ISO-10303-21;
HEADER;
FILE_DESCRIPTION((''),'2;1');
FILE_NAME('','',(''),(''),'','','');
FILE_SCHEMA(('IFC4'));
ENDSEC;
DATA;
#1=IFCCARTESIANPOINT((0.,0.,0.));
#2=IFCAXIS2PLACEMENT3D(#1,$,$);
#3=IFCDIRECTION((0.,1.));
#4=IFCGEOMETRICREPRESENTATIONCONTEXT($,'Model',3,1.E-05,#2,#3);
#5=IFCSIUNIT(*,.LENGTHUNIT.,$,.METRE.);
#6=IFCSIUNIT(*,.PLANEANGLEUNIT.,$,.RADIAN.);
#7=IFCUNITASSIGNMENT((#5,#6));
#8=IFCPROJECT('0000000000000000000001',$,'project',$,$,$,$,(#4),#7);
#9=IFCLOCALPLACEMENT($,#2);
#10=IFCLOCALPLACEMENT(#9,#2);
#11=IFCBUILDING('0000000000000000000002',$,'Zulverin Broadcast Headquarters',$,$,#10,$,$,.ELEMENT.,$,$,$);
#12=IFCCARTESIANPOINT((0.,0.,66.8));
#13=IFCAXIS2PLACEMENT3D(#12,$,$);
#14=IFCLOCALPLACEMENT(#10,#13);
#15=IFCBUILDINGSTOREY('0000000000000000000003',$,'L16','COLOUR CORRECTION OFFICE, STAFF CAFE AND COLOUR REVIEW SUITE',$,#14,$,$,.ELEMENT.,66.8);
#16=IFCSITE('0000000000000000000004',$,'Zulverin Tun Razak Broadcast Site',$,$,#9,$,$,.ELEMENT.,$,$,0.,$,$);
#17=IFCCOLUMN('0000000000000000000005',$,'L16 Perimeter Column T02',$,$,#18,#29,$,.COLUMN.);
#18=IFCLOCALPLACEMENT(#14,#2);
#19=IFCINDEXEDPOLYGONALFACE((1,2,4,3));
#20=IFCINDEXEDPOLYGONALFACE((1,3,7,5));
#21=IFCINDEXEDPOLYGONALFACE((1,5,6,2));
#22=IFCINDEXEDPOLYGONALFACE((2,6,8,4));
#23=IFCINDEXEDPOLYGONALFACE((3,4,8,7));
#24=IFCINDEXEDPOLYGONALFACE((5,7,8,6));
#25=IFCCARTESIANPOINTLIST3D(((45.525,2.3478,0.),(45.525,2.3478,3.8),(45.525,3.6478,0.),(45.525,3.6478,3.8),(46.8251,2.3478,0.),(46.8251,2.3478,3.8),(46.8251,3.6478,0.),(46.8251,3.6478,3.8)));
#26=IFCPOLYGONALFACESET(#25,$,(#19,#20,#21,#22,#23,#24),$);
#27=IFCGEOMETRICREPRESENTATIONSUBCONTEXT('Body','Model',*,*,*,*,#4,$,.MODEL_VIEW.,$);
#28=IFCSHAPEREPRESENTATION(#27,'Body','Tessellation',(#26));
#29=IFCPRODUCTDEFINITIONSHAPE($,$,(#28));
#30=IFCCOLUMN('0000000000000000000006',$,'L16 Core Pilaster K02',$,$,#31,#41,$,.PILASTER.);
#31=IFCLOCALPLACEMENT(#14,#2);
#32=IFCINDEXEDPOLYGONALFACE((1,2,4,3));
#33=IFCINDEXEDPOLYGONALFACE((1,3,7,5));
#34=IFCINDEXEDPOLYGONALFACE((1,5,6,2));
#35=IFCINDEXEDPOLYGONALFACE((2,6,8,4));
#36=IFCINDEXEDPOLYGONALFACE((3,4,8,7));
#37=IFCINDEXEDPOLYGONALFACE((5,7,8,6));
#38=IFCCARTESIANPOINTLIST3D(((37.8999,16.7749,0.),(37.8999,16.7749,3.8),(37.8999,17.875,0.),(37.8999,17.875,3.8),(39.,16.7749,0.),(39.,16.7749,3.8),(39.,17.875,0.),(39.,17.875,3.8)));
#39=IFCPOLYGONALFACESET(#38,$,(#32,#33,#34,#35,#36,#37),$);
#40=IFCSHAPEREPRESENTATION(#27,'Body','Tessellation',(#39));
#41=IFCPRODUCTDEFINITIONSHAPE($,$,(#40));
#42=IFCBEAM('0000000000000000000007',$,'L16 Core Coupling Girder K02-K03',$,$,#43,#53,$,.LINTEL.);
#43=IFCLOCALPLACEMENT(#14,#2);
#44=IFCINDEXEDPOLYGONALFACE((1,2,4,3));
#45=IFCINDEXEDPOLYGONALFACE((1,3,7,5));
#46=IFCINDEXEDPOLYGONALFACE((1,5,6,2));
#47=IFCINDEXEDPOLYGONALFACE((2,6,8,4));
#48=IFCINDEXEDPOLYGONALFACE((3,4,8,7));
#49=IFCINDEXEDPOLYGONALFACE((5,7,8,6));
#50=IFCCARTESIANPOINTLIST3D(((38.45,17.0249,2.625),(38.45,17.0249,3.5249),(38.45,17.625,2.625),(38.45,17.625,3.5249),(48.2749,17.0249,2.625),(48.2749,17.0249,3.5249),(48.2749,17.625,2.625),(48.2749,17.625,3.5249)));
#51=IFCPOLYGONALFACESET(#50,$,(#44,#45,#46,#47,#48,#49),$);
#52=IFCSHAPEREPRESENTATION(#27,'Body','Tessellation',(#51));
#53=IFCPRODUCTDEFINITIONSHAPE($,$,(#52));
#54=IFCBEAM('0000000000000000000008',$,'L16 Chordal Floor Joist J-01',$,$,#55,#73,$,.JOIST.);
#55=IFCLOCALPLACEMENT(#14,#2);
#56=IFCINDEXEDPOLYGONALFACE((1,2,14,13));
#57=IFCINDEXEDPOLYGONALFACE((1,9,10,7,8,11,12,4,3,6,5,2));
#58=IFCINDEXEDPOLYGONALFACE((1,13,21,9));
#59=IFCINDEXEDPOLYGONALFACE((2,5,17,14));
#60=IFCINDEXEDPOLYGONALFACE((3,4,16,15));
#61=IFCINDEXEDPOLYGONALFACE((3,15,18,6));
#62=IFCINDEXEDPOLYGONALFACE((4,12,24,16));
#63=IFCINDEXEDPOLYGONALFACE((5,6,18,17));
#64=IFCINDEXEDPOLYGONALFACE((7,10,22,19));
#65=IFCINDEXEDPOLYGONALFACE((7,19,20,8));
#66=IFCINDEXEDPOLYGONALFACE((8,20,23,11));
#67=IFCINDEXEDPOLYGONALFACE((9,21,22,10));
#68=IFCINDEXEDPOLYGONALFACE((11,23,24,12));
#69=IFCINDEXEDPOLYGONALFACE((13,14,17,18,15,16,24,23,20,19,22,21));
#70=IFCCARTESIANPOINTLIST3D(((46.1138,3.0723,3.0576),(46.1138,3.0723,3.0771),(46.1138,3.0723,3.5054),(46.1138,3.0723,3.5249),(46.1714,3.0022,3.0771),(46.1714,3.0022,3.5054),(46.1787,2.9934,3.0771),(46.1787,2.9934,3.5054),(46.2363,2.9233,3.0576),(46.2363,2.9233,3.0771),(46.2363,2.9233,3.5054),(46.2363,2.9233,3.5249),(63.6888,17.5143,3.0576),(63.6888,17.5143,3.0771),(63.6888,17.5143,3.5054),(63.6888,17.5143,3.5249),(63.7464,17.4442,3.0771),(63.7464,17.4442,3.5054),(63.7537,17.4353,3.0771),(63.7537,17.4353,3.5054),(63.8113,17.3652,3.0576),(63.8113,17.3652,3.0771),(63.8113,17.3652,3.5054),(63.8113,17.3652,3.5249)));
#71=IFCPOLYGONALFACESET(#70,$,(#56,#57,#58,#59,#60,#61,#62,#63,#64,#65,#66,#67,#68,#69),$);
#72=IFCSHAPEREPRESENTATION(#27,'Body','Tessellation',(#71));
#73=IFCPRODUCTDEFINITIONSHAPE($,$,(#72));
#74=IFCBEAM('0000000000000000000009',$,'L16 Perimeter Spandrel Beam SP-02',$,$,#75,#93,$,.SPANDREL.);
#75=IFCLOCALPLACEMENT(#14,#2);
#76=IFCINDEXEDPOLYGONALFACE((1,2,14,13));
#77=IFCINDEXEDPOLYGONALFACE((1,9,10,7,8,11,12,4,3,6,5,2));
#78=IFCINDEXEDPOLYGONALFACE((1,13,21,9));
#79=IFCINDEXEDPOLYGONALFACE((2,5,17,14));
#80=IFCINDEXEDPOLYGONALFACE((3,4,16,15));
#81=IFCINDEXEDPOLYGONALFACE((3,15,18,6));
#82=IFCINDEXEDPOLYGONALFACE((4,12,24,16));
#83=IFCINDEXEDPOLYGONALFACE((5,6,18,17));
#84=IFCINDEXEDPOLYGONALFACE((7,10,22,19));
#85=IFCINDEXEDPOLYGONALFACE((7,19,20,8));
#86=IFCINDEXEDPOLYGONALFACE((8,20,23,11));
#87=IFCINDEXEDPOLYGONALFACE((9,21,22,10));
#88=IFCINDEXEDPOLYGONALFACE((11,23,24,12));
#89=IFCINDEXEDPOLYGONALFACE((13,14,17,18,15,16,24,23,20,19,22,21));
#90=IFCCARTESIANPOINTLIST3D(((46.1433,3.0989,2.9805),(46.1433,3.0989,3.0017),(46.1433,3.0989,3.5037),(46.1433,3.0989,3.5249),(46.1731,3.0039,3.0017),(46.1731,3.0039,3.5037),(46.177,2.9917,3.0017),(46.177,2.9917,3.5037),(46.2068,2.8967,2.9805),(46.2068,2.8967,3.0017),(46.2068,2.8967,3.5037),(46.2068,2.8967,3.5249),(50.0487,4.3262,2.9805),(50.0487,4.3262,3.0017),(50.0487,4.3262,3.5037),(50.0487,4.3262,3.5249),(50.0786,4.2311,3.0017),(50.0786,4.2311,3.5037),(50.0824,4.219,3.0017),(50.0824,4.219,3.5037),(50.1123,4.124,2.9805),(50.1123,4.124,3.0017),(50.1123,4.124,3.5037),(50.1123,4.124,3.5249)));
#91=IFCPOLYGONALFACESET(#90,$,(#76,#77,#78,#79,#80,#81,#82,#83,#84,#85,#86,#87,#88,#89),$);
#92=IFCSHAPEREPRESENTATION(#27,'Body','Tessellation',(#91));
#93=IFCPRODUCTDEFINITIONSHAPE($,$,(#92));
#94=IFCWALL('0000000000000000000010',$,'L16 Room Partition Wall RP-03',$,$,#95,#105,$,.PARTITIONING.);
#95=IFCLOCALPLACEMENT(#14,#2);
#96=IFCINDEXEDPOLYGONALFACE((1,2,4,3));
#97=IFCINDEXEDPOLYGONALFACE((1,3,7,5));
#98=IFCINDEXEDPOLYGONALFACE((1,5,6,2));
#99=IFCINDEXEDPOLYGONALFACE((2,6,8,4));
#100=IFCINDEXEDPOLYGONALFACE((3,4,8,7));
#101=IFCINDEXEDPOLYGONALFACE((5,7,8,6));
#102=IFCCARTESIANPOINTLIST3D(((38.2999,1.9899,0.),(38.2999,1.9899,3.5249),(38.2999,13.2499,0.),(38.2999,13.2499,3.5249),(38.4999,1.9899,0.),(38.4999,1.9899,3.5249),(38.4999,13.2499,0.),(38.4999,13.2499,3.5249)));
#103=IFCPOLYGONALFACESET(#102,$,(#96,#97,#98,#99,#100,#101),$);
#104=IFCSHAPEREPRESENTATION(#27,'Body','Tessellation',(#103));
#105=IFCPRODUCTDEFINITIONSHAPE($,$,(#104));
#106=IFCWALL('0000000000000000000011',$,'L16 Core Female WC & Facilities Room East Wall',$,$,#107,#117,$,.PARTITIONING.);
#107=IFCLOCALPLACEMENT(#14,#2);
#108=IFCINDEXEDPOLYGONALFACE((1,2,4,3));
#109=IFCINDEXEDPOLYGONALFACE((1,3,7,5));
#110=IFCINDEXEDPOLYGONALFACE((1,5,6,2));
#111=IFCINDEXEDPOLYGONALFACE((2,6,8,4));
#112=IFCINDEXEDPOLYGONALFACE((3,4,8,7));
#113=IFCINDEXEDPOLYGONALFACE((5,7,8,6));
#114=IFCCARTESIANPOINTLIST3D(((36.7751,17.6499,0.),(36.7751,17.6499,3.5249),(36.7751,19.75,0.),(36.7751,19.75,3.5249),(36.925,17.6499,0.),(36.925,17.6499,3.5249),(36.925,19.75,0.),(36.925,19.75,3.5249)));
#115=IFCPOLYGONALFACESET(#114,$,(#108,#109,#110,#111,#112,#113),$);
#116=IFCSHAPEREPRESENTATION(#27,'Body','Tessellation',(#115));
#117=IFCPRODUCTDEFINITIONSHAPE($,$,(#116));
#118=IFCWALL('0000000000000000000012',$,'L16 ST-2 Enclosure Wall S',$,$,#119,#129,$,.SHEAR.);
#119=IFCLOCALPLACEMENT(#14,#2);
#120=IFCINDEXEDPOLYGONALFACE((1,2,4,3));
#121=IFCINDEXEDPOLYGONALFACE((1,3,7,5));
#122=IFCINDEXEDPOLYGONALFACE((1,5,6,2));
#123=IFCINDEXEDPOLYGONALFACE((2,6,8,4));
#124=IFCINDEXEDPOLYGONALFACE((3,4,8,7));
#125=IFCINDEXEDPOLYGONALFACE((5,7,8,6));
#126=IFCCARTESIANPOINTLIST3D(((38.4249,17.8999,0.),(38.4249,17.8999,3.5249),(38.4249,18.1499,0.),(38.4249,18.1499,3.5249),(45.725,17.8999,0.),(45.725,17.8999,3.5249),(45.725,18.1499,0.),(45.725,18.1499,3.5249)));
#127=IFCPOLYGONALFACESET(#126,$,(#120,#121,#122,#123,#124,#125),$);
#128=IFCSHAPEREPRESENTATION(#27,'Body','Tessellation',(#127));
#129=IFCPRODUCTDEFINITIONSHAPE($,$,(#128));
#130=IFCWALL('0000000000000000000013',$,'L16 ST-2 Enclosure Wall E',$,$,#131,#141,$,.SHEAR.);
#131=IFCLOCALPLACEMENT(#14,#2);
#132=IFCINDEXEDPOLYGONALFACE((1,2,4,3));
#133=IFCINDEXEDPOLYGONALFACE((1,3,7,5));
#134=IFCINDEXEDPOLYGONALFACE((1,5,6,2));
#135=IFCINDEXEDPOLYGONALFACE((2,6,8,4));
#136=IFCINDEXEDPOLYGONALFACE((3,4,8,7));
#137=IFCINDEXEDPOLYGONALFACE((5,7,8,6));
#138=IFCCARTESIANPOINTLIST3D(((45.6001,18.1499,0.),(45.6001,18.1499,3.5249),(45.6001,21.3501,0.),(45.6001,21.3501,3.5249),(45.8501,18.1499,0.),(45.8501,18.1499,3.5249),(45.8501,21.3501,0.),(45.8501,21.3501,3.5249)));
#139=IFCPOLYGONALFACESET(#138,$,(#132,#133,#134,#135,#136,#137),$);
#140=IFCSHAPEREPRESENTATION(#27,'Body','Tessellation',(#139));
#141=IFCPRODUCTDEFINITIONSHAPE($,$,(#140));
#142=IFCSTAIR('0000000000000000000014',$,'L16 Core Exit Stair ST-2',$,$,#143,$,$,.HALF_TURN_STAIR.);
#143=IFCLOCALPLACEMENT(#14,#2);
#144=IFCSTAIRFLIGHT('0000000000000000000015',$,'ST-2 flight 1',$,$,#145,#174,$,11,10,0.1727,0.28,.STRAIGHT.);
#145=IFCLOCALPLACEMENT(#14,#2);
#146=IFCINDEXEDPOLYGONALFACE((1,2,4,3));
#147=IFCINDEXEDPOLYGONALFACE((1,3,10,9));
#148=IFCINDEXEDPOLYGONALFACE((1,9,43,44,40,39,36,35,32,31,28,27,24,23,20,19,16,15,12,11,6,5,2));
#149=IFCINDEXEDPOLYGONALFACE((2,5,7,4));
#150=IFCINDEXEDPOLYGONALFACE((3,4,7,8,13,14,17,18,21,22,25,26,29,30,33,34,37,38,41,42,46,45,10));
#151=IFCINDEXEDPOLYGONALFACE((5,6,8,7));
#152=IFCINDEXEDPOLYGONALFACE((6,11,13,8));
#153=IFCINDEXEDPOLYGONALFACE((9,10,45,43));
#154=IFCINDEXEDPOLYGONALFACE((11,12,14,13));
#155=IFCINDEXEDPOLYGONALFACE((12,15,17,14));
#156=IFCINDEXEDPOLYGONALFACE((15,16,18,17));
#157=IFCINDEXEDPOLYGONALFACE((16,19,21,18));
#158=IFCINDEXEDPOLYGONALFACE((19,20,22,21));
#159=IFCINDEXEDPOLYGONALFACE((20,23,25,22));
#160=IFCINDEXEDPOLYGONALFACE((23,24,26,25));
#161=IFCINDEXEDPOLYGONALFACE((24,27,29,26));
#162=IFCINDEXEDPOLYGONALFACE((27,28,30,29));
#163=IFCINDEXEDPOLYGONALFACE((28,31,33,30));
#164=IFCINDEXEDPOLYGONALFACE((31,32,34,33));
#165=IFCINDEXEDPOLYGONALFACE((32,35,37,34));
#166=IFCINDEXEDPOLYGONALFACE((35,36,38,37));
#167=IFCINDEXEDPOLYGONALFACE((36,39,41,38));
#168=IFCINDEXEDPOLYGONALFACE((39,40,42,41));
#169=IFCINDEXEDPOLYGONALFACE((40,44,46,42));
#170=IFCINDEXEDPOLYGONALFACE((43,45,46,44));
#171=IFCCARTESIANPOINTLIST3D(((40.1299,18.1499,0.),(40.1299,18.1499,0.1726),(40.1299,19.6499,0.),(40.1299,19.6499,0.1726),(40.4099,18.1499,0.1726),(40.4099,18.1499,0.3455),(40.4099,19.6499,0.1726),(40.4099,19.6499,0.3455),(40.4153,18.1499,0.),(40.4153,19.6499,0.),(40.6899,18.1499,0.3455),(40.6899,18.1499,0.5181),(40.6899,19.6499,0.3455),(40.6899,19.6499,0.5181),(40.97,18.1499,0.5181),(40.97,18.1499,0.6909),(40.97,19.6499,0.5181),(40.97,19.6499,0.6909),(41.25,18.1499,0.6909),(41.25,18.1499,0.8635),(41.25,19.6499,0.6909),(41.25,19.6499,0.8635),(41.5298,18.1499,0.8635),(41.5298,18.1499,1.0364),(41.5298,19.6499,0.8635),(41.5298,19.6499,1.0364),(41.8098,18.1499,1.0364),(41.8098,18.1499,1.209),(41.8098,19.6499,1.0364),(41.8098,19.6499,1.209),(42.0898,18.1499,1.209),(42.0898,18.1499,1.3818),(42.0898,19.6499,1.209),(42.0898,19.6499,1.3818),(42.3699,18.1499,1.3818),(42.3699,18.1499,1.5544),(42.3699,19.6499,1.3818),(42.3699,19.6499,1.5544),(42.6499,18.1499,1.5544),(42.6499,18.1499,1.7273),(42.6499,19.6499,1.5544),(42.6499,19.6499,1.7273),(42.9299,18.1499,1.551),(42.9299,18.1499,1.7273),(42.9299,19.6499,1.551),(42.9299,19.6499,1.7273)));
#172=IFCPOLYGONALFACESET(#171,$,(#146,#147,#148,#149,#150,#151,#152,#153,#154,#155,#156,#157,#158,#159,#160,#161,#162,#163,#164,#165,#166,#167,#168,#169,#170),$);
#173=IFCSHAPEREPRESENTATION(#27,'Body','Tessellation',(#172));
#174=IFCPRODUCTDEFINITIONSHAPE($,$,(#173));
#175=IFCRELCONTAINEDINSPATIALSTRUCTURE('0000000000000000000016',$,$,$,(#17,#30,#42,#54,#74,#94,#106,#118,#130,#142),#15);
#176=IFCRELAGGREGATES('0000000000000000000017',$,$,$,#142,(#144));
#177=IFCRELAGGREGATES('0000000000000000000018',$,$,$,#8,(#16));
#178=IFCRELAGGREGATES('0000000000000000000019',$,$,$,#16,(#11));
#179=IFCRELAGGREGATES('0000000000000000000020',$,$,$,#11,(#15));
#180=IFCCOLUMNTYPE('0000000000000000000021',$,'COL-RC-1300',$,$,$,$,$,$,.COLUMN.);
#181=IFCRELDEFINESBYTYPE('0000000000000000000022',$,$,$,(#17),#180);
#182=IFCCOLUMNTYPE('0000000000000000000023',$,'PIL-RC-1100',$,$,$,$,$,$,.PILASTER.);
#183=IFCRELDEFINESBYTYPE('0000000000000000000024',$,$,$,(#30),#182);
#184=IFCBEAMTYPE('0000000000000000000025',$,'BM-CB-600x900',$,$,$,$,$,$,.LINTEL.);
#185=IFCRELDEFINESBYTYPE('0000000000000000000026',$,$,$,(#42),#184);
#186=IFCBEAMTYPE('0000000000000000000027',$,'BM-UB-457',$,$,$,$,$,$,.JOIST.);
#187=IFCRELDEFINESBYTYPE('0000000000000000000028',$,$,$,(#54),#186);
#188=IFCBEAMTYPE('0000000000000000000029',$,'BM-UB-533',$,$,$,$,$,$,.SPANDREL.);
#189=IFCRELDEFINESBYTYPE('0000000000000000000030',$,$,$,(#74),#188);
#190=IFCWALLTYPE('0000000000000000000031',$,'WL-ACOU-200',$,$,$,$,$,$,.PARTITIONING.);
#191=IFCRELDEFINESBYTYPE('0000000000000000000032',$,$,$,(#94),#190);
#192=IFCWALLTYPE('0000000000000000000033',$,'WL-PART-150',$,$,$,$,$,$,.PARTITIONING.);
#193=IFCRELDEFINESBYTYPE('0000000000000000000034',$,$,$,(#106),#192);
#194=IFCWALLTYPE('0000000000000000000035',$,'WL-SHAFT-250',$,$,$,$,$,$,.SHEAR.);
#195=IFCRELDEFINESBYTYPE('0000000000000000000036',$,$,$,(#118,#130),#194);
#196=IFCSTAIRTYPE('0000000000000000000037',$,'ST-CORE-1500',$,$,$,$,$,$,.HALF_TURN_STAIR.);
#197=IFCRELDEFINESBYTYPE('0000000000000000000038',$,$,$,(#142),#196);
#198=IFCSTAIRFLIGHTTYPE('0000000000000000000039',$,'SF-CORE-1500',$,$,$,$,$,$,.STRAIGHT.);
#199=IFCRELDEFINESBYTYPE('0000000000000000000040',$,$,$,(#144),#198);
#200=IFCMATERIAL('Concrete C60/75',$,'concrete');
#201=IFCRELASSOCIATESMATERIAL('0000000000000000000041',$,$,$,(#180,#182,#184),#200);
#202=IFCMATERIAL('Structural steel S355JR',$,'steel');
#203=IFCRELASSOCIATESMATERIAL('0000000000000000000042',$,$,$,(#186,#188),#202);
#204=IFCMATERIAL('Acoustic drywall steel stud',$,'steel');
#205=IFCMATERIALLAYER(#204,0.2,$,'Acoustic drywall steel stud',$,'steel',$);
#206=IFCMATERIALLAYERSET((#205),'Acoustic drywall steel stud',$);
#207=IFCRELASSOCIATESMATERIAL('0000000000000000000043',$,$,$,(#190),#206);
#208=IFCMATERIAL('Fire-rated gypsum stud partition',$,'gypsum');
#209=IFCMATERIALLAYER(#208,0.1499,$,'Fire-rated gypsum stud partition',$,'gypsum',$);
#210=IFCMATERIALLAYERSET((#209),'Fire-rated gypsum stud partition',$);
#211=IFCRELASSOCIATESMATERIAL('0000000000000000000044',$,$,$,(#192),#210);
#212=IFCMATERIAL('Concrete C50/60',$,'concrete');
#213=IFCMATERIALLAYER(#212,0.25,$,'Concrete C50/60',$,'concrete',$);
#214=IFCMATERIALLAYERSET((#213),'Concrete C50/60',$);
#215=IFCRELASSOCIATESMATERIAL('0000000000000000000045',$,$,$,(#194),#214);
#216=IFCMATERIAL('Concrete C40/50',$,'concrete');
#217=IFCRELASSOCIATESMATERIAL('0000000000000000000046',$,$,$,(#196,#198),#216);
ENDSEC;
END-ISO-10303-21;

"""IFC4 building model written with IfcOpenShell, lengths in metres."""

from ifc_helpers import new_model, si_unit, direction, frame, frame_2d, origin, origin_2d, place, context, subcontext, project, spatial, polyline, rectangle, i_section, outline, extrude, material, layer, layer_set, material_profile, profile_set, type_object, element, aggregate, save


model = new_model("IFC4")

# Units and contexts
model_context = context("Model", 3, precision=1e-05, world=origin(), true_north=direction((0.0, 1.0)))
body_context = subcontext(model_context, "Body", "Model", "MODEL_VIEW")
ifc_project = project(units=[si_unit("LENGTHUNIT", "METRE"), si_unit("PLANEANGLEUNIT", "RADIAN")], contexts=[model_context])

# Site, building, storey
site_placement = place(None, origin())
site = spatial("IfcSite", under=ifc_project, at=site_placement, Name="Zulverin Tun Razak Broadcast Site", CompositionType="ELEMENT", RefElevation=0.0)
building_placement = place(site_placement, origin())
building = spatial("IfcBuilding", under=site, at=building_placement, Name="Zulverin Broadcast Headquarters", CompositionType="ELEMENT")
storey_placement = place(building_placement, frame((0.0, 0.0, 66.8)))
storey = spatial("IfcBuildingStorey", under=building, at=storey_placement, Name="L16", Description="COLOUR CORRECTION OFFICE, STAFF CAFE AND COLOUR REVIEW SUITE", CompositionType="ELEMENT", Elevation=66.8)

# Columns
ifc_material_1 = material(Name="Concrete C60/75", Category="concrete")
ifc_material_profile_1 = material_profile(ifc_material_1, rectangle(XDim=1.3, YDim=1.3, at=origin_2d()), Name="Concrete C60/75", Category="concrete")
ifc_profile_set_1 = profile_set([ifc_material_profile_1], Name="Concrete C60/75")
column_type_1 = type_object("IfcColumnType", Name="COL-RC-1300", PredefinedType="COLUMN", material=ifc_profile_set_1)
column_1_placement = place(storey_placement, frame((46.175, 2.9978, 0.0), z_axis=(0.0, 0.0, 1.0), x_axis=(1.0, 0.0, 0.0)))
element("IfcColumn", 1, at=column_1_placement, inside=storey, type_object=column_type_1, Name="L16 Perimeter Column T02", PredefinedType="COLUMN", context=body_context, shape_type="SweptSolid", body=[
    extrude(rectangle(XDim=1.3, YDim=1.3, at=origin_2d()), origin(), (0.0, 0.0, 1.0), 3.8),
])
ifc_material_profile_2 = material_profile(ifc_material_1, rectangle(XDim=1.1001, YDim=1.1001, at=origin_2d()), Name="Concrete C60/75", Category="concrete")
ifc_profile_set_2 = profile_set([ifc_material_profile_2], Name="Concrete C60/75")
column_type_2 = type_object("IfcColumnType", Name="PIL-RC-1100", PredefinedType="PILASTER", material=ifc_profile_set_2)
column_2_placement = place(storey_placement, frame((38.45, 17.325, 0.0), z_axis=(0.0, 0.0, 1.0), x_axis=(1.0, 0.0, 0.0)))
element("IfcColumn", 2, at=column_2_placement, inside=storey, type_object=column_type_2, Name="L16 Core Pilaster K02", PredefinedType="PILASTER", context=body_context, shape_type="SweptSolid", body=[
    extrude(rectangle(XDim=1.1001, YDim=1.1001, at=origin_2d()), origin(), (0.0, 0.0, 1.0), 3.8),
])

# Beams
ifc_material_profile_3 = material_profile(ifc_material_1, rectangle(XDim=0.6001, YDim=0.8999, at=origin_2d()), Name="Concrete C60/75", Category="concrete")
ifc_profile_set_3 = profile_set([ifc_material_profile_3], Name="Concrete C60/75")
beam_type_1 = type_object("IfcBeamType", Name="BM-CB-600x900", PredefinedType="LINTEL", material=ifc_profile_set_3)
beam_1_placement = place(storey_placement, frame((38.45, 17.325, 3.075), z_axis=(1.0, 0.0, 0.0), x_axis=(0.0, 1.0, 0.0)))
element("IfcBeam", 3, at=beam_1_placement, inside=storey, type_object=beam_type_1, Name="L16 Core Coupling Girder K02-K03", PredefinedType="LINTEL", context=body_context, shape_type="SweptSolid", body=[
    extrude(rectangle(XDim=0.6001, YDim=0.8999, at=origin_2d()), origin(), (0.0, 0.0, 1.0), 9.825),
])
ifc_material_2 = material(Name="Structural steel S355JR", Category="steel")
ifc_material_profile_4 = material_profile(ifc_material_2, i_section(OverallWidth=0.1929, OverallDepth=0.4673, WebThickness=0.0115, FlangeThickness=0.0195, at=origin_2d()), Name="Structural steel S355JR", Category="steel")
ifc_profile_set_4 = profile_set([ifc_material_profile_4], Name="Structural steel S355JR")
beam_type_2 = type_object("IfcBeamType", Name="BM-UB-457", PredefinedType="JOIST", material=ifc_profile_set_4)
beam_2_placement = place(storey_placement, frame((46.175, 2.9978, 3.2913), z_axis=(0.772611, 0.634879, 0.0), x_axis=(-0.634879, 0.772611, 0.0)))
element("IfcBeam", 4, at=beam_2_placement, inside=storey, type_object=beam_type_2, Name="L16 Chordal Floor Joist J-01", PredefinedType="JOIST", context=body_context, shape_type="SweptSolid", body=[
    extrude(i_section(OverallWidth=0.1929, OverallDepth=0.4673, WebThickness=0.0115, FlangeThickness=0.0195, at=origin_2d()), origin(), (0.0, 0.0, 1.0), 22.7476),
])
ifc_material_profile_5 = material_profile(ifc_material_2, i_section(OverallWidth=0.2119, OverallDepth=0.5444, WebThickness=0.0127, FlangeThickness=0.0212, at=origin_2d()), Name="Structural steel S355JR", Category="steel")
ifc_profile_set_5 = profile_set([ifc_material_profile_5], Name="Structural steel S355JR")
beam_type_3 = type_object("IfcBeamType", Name="BM-UB-533", PredefinedType="SPANDREL", material=ifc_profile_set_5)
beam_3_placement = place(storey_placement, frame((46.175, 2.9978, 3.2527), z_axis=(0.954004, 0.299792, 0.0), x_axis=(-0.299792, 0.954004, 0.0)))
element("IfcBeam", 5, at=beam_3_placement, inside=storey, type_object=beam_type_3, Name="L16 Perimeter Spandrel Beam SP-02", PredefinedType="SPANDREL", context=body_context, shape_type="SweptSolid", body=[
    extrude(i_section(OverallWidth=0.2119, OverallDepth=0.5444, WebThickness=0.0127, FlangeThickness=0.0212, at=origin_2d()), origin(), (0.0, 0.0, 1.0), 4.0938),
])

# Walls
ifc_material_3 = material(Name="Acoustic drywall steel stud", Category="steel")
ifc_layer_1 = layer(ifc_material_3, 0.2, Name="Acoustic drywall steel stud", Category="steel")
ifc_layer_set_1 = layer_set([ifc_layer_1], Name="Acoustic drywall steel stud")
wall_type_1 = type_object("IfcWallType", Name="WL-ACOU-200", PredefinedType="PARTITIONING", material=ifc_layer_set_1)
wall_1_placement = place(storey_placement, frame((38.3999, 1.99, 0.0), z_axis=(0.0, 0.0, 1.0), x_axis=(0.0, 1.0, 0.0)))
element("IfcWall", 6, at=wall_1_placement, inside=storey, type_object=wall_type_1, Name="L16 Room Partition Wall RP-03", PredefinedType="PARTITIONING", context=body_context, shape_type="SweptSolid", body=[
    extrude(rectangle(XDim=11.26, YDim=0.2, at=frame_2d((5.6299, 0.0))), origin(), (0.0, 0.0, 1.0), 3.5249),
])
ifc_material_4 = material(Name="Fire-rated gypsum stud partition", Category="gypsum")
ifc_layer_2 = layer(ifc_material_4, 0.1499, Name="Fire-rated gypsum stud partition", Category="gypsum")
ifc_layer_set_2 = layer_set([ifc_layer_2], Name="Fire-rated gypsum stud partition")
wall_type_2 = type_object("IfcWallType", Name="WL-PART-150", PredefinedType="PARTITIONING", material=ifc_layer_set_2)
wall_2_placement = place(storey_placement, frame((36.8501, 17.6499, 0.0), z_axis=(0.0, 0.0, 1.0), x_axis=(0.0, 1.0, 0.0)))
element("IfcWall", 7, at=wall_2_placement, inside=storey, type_object=wall_type_2, Name="L16 Core Female WC & Facilities Room East Wall", PredefinedType="PARTITIONING", context=body_context, shape_type="SweptSolid", body=[
    extrude(rectangle(XDim=2.1001, YDim=0.1499, at=frame_2d((1.05, 0.0))), origin(), (0.0, 0.0, 1.0), 3.5249),
])
ifc_material_5 = material(Name="Concrete C50/60", Category="concrete")
ifc_layer_3 = layer(ifc_material_5, 0.25, Name="Concrete C50/60", Category="concrete")
ifc_layer_set_3 = layer_set([ifc_layer_3], Name="Concrete C50/60")
wall_type_3 = type_object("IfcWallType", Name="WL-SHAFT-250", PredefinedType="SHEAR", material=ifc_layer_set_3)
wall_3_placement = place(storey_placement, frame((38.425, 18.0249, 0.0), z_axis=(0.0, 0.0, 1.0), x_axis=(1.0, 0.0, 0.0)))
element("IfcWall", 8, at=wall_3_placement, inside=storey, type_object=wall_type_3, Name="L16 ST-2 Enclosure Wall S", PredefinedType="SHEAR", context=body_context, shape_type="SweptSolid", body=[
    extrude(rectangle(XDim=7.3, YDim=0.25, at=frame_2d((3.6499, 0.0))), origin(), (0.0, 0.0, 1.0), 3.5249),
])

# Wall
wall_4_placement = place(storey_placement, frame((45.7251, 18.1499, 0.0), z_axis=(0.0, 0.0, 1.0), x_axis=(0.0, 1.0, 0.0)))
element("IfcWall", 9, at=wall_4_placement, inside=storey, type_object=wall_type_3, Name="L16 ST-2 Enclosure Wall E", PredefinedType="SHEAR", context=body_context, shape_type="SweptSolid", body=[
    extrude(rectangle(XDim=3.2002, YDim=0.25, at=frame_2d((1.6001, 0.0))), origin(), (0.0, 0.0, 1.0), 3.5249),
])

# Stair, stair flight
ifc_material_6 = material(Name="Concrete C40/50", Category="concrete")
stair_type = type_object("IfcStairType", Name="ST-CORE-1500", PredefinedType="HALF_TURN_STAIR", material=ifc_material_6)
stair_placement = place(storey_placement, origin())
stair = element("IfcStair", 10, at=stair_placement, inside=storey, type_object=stair_type, Name="L16 Core Exit Stair ST-2", PredefinedType="HALF_TURN_STAIR")
stair_flight_type = type_object("IfcStairFlightType", Name="SF-CORE-1500", PredefinedType="STRAIGHT", material=ifc_material_6)
stair_flight_placement = place(storey_placement, frame((40.1299, 18.8999, 0.0), z_axis=(0.0, 0.0, 1.0), x_axis=(1.0, 0.0, 0.0)))
stair_flight = element("IfcStairFlight", 11, at=stair_flight_placement, type_object=stair_flight_type, Name="ST-2 flight 1", NumberOfRisers=11, NumberOfTreads=10, PredefinedType="STRAIGHT", RiserHeight=0.1727, TreadLength=0.28, context=body_context, shape_type="SweptSolid", body=[
    extrude(outline(polyline([(0.0, 0.0), (0.0, 0.1726), (0.28, 0.1726), (0.28, 0.3455), (0.5601, 0.3455), (0.5601, 0.5181), (0.8401, 0.5181), (0.8401, 0.6909), (1.1201, 0.6909), (1.1201, 0.8635), (1.3999, 0.8635), (1.3999, 1.0364), (1.6799, 1.0364), (1.6799, 1.209), (1.96, 1.209), (1.96, 1.3818), (2.24, 1.3818), (2.24, 1.5544), (2.52, 1.5544), (2.52, 1.7273), (2.8, 1.7273), (2.8, 1.8999), (2.8, 1.551), (0.2854, 0.0), (0.0, 0.0)])), frame((0.0, 0.75, 0.0), z_axis=(0.0, -1.0, 0.0), x_axis=(1.0, 0.0, 0.0)), (0.0, 0.0, 1.0), 1.5),
])
aggregate(stair, [stair_flight])

save(model, "model.ifc")
